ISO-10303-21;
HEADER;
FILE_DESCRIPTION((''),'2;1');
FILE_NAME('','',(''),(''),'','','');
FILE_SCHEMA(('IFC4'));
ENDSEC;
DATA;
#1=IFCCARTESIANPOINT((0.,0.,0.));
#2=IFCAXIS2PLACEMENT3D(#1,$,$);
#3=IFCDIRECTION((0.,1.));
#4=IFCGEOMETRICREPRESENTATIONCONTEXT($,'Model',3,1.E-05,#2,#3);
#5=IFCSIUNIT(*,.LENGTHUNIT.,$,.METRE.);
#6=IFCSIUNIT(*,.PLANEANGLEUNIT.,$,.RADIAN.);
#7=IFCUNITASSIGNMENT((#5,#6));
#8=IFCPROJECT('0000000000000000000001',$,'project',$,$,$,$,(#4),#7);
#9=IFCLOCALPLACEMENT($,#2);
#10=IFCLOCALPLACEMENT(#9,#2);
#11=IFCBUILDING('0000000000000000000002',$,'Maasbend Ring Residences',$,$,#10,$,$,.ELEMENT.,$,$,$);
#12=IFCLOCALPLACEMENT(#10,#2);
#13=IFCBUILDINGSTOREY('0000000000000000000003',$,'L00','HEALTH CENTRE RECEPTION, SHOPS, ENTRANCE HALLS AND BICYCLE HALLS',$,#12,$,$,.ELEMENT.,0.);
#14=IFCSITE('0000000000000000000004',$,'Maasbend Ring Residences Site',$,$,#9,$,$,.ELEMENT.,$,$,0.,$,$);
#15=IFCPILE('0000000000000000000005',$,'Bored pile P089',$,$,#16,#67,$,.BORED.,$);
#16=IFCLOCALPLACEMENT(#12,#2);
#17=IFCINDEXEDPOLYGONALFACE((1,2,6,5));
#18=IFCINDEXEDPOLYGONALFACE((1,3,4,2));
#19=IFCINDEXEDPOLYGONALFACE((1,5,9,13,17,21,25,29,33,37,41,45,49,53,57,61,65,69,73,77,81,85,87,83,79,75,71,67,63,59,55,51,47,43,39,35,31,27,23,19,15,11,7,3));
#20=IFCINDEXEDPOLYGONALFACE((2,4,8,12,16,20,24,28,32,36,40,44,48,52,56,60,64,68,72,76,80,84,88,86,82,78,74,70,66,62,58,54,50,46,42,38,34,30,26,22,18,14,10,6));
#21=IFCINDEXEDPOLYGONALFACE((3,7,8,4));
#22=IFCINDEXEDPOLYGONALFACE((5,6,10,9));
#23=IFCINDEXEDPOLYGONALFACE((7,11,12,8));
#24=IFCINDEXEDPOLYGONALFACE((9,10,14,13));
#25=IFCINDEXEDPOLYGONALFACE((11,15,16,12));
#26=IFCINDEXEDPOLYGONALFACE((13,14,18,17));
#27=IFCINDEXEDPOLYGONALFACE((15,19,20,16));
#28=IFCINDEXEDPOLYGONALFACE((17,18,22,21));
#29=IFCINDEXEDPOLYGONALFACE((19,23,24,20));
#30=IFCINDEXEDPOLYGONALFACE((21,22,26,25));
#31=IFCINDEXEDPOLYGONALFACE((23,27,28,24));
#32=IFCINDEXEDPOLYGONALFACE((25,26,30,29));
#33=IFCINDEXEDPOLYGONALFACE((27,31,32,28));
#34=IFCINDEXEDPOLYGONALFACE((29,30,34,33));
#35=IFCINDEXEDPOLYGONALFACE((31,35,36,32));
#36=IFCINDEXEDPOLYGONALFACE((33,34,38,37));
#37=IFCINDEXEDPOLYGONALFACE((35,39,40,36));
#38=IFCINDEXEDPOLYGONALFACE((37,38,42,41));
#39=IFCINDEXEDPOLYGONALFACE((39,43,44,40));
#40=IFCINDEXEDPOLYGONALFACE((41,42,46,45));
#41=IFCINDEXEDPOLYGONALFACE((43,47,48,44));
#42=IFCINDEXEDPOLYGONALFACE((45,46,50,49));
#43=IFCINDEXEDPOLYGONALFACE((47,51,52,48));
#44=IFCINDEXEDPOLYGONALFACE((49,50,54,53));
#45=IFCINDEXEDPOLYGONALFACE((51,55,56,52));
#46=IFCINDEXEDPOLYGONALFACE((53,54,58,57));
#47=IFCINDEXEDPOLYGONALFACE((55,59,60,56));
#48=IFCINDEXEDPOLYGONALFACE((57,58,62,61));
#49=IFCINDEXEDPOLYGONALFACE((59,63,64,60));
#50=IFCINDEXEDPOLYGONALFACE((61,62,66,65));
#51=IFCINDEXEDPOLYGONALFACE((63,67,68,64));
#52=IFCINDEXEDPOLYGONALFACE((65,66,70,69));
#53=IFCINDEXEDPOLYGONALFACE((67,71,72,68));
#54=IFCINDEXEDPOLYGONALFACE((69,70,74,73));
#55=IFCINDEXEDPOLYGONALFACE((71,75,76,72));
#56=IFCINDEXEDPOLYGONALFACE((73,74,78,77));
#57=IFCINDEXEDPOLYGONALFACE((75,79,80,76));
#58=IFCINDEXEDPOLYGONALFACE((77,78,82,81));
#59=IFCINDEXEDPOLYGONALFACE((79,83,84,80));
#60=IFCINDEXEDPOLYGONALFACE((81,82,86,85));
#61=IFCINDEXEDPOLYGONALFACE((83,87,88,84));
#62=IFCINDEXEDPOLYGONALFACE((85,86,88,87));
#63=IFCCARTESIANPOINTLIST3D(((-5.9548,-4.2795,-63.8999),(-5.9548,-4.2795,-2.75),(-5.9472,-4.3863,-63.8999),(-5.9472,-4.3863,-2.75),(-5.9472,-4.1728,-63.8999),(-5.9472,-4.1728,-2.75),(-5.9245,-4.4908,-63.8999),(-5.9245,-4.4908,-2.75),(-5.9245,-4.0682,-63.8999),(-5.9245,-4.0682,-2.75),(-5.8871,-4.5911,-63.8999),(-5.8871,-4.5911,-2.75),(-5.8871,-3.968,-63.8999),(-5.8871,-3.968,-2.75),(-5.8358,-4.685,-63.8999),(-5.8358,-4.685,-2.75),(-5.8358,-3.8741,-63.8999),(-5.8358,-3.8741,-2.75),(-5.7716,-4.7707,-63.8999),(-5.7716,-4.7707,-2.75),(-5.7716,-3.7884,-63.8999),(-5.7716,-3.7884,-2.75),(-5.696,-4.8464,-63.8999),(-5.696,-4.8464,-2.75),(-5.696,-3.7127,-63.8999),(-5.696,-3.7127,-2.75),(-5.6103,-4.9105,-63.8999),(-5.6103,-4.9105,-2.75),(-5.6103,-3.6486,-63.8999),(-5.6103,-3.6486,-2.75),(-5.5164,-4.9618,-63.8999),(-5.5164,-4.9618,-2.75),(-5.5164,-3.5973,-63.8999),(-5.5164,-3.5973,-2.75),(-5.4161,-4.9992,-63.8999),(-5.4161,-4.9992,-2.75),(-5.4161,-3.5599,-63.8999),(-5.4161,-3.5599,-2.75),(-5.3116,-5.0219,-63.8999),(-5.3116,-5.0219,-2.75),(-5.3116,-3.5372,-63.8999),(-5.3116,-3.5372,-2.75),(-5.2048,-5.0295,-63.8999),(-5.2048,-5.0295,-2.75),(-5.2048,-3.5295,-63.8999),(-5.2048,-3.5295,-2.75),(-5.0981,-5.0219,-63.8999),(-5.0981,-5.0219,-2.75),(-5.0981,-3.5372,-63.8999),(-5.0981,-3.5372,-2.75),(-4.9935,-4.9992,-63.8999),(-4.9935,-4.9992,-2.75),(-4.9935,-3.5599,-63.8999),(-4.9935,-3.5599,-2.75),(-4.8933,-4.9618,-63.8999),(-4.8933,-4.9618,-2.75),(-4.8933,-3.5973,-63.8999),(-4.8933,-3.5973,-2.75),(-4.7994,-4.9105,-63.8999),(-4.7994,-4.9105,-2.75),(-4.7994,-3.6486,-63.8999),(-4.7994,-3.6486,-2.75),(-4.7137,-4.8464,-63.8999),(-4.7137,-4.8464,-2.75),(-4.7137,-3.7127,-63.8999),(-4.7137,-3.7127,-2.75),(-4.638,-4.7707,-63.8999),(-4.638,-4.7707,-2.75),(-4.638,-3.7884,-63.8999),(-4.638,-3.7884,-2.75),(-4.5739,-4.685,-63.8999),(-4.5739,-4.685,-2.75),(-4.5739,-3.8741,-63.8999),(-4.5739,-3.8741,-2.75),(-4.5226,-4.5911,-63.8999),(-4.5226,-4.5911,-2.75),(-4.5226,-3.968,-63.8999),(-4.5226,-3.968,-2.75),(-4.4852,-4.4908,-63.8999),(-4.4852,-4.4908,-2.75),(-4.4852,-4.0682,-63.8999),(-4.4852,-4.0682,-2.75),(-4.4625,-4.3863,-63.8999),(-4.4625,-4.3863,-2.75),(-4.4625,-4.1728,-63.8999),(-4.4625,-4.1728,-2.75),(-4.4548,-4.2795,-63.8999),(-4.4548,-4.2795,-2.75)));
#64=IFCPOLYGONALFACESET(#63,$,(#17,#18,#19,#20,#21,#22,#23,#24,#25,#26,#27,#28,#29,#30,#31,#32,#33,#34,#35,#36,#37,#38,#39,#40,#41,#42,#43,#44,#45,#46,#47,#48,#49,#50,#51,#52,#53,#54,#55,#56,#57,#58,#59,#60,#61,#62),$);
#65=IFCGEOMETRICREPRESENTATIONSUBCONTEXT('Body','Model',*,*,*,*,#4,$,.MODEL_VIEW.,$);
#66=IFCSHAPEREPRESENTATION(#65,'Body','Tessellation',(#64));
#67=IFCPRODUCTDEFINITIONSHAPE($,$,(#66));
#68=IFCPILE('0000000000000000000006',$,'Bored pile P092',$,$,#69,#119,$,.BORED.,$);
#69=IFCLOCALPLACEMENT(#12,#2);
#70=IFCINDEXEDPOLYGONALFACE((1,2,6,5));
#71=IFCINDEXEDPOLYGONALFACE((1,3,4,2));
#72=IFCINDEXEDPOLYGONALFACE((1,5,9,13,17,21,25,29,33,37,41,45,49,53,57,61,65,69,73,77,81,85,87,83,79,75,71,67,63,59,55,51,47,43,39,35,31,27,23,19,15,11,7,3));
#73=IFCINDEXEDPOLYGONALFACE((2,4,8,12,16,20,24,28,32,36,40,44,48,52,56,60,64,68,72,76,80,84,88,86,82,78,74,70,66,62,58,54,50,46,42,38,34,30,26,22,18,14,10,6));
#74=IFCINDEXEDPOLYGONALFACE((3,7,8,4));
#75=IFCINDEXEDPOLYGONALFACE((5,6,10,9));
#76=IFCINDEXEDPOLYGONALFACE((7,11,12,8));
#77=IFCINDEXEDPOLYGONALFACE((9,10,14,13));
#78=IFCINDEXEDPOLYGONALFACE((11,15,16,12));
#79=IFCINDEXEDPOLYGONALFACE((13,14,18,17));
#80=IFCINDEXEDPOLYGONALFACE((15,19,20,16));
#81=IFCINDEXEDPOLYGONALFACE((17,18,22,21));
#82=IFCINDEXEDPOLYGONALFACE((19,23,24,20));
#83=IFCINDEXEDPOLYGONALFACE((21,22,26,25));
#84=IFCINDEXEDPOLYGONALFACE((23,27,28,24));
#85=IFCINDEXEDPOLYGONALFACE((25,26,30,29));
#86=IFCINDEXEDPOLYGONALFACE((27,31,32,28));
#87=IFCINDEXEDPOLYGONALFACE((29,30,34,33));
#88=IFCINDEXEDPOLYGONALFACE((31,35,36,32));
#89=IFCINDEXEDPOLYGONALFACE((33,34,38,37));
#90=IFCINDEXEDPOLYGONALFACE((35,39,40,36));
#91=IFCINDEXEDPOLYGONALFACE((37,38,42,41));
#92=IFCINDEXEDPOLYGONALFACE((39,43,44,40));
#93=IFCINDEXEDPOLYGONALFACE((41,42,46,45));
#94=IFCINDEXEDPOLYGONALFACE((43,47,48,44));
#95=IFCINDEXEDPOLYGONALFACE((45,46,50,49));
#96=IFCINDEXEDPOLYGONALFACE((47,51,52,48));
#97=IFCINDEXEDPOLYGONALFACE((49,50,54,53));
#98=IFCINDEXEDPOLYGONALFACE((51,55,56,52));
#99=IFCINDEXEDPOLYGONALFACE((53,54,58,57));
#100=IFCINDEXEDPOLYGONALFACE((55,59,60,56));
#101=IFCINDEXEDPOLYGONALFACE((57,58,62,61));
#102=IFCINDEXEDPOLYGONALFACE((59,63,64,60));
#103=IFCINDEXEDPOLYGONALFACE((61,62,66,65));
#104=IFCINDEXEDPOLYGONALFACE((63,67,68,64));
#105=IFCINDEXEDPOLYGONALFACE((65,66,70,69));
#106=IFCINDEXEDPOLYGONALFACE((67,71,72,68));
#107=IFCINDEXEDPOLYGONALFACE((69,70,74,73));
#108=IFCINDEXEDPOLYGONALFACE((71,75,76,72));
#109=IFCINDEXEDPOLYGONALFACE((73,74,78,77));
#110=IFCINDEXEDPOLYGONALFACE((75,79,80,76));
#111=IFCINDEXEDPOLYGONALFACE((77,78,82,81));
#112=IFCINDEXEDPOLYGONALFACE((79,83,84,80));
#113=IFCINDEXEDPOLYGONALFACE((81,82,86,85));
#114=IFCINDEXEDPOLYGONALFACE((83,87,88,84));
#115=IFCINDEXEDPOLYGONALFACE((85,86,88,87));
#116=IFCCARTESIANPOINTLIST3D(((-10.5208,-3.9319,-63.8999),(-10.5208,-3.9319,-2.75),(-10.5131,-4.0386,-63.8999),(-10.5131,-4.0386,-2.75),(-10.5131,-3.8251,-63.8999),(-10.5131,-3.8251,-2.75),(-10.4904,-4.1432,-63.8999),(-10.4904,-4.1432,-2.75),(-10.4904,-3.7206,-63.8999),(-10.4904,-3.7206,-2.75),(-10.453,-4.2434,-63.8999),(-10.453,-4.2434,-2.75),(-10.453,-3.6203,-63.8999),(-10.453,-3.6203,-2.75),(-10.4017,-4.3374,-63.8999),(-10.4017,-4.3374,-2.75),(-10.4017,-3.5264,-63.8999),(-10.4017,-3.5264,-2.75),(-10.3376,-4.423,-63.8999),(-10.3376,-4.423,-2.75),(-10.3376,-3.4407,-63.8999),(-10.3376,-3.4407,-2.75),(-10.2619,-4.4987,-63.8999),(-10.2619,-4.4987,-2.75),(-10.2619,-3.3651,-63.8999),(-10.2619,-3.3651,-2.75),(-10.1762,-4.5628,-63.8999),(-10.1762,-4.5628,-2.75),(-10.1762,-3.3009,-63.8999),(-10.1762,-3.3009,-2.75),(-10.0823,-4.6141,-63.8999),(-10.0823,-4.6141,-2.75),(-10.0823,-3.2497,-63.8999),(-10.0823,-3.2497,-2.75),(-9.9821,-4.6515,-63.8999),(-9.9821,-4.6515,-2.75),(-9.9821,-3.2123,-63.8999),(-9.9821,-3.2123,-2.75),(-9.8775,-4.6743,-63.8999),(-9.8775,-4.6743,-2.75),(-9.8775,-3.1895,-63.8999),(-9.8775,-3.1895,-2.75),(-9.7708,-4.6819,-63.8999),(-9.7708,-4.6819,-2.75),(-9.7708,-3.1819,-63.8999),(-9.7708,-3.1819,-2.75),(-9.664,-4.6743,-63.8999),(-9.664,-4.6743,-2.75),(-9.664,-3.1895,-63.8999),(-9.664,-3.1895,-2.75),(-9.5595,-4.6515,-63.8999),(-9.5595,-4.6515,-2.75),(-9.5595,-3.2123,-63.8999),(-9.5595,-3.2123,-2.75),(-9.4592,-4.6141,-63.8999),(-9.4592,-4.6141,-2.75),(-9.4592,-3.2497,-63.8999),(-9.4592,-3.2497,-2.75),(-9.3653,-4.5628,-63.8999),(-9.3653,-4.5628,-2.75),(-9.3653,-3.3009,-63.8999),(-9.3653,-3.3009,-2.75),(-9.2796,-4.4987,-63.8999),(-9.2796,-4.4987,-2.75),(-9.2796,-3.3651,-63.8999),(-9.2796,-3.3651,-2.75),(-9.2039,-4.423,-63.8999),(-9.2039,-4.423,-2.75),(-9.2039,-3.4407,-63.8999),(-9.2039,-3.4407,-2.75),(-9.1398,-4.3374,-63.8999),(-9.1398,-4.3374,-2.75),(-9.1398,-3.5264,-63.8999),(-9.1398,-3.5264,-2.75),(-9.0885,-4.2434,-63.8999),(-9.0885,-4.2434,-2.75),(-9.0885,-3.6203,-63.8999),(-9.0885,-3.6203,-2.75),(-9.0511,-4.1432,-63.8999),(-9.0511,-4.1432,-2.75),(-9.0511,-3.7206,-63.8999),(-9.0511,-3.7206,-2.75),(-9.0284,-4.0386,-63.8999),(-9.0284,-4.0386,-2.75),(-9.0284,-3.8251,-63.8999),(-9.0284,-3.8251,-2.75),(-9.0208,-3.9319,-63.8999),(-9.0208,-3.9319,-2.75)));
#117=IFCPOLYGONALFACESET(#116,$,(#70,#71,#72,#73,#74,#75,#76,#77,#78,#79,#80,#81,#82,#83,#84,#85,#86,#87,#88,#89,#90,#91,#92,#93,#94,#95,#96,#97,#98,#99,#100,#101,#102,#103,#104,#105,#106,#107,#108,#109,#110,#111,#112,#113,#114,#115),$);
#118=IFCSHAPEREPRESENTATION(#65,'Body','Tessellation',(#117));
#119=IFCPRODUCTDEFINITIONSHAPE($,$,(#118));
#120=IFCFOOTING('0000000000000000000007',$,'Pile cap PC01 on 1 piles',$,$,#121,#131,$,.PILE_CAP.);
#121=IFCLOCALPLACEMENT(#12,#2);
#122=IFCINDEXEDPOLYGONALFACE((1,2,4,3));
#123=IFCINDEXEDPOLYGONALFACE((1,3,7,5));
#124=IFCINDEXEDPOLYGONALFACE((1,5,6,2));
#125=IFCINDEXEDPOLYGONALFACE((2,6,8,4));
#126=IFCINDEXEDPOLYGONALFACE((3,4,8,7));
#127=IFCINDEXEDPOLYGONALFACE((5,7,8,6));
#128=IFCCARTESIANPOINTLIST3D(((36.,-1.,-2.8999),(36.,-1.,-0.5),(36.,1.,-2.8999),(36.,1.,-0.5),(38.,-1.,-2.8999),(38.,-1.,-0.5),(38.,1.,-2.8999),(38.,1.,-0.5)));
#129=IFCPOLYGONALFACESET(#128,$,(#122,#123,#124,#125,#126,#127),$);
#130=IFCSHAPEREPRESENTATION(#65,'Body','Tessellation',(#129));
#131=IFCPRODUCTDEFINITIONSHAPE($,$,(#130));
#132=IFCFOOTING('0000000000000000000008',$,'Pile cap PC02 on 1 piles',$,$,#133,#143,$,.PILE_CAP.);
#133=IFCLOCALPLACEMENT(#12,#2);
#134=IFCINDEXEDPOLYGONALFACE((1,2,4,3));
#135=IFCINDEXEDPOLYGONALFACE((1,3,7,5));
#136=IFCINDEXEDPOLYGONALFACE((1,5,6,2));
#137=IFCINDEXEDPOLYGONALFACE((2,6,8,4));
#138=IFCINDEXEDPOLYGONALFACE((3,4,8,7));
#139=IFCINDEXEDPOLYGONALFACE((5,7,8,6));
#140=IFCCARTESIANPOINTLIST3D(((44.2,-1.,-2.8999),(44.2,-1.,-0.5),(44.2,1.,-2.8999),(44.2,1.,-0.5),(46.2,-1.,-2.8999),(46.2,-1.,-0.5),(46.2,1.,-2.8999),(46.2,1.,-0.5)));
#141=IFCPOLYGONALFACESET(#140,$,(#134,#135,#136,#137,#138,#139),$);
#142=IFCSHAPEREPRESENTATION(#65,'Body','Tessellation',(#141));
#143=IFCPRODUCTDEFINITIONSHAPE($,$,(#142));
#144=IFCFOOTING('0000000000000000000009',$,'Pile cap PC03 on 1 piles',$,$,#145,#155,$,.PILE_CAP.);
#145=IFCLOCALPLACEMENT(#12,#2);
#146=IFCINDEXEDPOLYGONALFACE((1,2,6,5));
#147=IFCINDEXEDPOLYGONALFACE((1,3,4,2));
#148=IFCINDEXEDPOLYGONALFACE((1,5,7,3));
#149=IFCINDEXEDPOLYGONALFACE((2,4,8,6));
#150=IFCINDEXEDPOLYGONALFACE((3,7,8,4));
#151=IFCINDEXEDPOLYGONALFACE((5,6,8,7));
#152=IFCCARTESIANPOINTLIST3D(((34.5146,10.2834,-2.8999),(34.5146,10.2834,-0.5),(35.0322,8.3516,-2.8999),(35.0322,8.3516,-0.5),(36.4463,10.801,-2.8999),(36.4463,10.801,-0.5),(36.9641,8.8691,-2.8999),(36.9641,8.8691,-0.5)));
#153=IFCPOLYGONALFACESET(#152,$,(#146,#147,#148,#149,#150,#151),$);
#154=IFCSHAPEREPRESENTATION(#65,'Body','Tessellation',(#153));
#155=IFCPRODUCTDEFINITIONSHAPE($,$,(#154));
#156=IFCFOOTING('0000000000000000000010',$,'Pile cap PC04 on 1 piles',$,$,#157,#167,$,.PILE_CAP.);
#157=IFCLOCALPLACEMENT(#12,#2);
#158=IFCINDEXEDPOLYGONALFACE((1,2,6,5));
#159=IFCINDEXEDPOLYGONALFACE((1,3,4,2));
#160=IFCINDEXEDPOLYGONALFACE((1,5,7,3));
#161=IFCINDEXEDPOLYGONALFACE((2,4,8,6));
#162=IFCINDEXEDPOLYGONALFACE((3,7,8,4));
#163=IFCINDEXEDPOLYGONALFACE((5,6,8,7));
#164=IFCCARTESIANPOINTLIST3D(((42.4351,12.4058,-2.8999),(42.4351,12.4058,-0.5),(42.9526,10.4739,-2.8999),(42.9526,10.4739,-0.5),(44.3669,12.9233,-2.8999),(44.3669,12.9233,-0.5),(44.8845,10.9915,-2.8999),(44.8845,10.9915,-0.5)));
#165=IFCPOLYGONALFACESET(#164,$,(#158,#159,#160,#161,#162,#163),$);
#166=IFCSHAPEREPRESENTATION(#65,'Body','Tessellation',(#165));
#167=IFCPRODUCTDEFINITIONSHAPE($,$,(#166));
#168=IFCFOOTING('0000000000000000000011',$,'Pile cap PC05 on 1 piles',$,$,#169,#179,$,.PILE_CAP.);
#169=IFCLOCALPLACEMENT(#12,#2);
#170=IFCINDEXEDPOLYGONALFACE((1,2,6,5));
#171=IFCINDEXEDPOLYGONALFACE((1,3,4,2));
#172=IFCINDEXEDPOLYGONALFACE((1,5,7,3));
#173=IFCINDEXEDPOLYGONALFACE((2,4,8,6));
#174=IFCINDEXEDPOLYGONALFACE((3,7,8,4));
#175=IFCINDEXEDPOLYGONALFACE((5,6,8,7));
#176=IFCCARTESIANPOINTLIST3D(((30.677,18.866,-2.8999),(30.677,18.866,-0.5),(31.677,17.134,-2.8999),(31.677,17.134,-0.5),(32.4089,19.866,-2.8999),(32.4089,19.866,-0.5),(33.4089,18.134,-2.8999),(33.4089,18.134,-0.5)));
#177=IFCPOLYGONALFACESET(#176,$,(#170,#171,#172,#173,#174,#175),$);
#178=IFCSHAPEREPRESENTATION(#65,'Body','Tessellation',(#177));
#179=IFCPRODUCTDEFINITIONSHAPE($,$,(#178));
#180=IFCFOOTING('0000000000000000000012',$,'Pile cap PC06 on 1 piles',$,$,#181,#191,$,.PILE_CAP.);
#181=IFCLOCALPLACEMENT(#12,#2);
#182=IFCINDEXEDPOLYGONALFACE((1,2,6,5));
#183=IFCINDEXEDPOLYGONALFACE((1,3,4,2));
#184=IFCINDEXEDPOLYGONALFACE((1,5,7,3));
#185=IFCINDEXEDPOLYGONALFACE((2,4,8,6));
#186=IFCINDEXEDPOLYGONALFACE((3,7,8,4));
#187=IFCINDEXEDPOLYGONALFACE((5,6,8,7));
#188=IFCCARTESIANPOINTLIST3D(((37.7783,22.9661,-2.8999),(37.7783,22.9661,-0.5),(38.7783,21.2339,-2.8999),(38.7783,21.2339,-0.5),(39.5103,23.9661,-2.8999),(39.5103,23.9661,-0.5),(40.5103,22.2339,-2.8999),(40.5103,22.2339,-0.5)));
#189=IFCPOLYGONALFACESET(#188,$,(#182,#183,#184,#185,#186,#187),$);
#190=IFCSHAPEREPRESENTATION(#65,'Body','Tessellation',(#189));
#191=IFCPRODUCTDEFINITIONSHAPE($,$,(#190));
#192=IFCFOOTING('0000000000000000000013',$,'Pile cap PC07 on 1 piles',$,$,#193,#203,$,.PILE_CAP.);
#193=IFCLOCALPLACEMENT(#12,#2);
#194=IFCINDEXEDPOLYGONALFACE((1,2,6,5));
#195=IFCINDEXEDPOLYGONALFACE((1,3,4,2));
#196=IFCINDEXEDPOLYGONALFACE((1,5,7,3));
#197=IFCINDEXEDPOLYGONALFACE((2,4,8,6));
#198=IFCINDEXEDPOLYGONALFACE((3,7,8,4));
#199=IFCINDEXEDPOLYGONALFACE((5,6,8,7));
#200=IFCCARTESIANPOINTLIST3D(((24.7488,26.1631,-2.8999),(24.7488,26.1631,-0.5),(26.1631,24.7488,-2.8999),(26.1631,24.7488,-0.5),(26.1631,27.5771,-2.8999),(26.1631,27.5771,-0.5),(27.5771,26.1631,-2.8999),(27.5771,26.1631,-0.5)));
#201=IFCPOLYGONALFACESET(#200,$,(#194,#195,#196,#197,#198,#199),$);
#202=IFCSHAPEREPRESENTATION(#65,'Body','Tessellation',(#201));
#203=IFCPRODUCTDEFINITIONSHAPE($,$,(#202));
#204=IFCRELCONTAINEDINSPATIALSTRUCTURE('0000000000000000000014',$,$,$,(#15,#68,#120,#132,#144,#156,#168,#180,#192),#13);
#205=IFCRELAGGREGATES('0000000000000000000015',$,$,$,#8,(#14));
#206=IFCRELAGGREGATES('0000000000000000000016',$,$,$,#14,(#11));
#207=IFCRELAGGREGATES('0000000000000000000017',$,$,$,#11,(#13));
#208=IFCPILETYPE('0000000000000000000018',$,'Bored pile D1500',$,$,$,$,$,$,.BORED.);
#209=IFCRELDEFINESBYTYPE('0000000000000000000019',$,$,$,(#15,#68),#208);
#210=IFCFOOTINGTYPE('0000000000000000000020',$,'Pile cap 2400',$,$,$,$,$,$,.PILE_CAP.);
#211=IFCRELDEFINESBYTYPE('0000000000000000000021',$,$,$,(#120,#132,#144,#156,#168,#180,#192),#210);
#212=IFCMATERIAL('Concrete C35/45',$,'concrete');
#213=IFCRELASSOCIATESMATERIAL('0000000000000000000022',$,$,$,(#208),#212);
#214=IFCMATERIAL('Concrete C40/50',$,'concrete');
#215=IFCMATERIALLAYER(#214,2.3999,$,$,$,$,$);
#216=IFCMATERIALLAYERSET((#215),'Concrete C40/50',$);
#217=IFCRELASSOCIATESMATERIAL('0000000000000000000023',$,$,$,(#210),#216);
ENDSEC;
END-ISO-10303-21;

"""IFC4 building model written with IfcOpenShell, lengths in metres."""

from ifc_helpers import new_model, si_unit, direction, frame, origin, origin_2d, place, context, subcontext, project, spatial, polyline, circle, outline, extrude, material, layer, layer_set, material_profile, profile_set, type_object, element, save


model = new_model("IFC4")

# Units and contexts
model_context = context("Model", 3, precision=1e-05, world=origin(), true_north=direction((0.0, 1.0)))
body_context = subcontext(model_context, "Body", "Model", "MODEL_VIEW")
ifc_project = project(units=[si_unit("LENGTHUNIT", "METRE"), si_unit("PLANEANGLEUNIT", "RADIAN")], contexts=[model_context])

# Site, building, storey
site_placement = place(None, origin())
site = spatial("IfcSite", under=ifc_project, at=site_placement, Name="Maasbend Ring Residences Site", CompositionType="ELEMENT", RefElevation=0.0)
building_placement = place(site_placement, origin())
building = spatial("IfcBuilding", under=site, at=building_placement, Name="Maasbend Ring Residences", CompositionType="ELEMENT")
storey_placement = place(building_placement, origin())
storey = spatial("IfcBuildingStorey", under=building, at=storey_placement, Name="L00", Description="HEALTH CENTRE RECEPTION, SHOPS, ENTRANCE HALLS AND BICYCLE HALLS", CompositionType="ELEMENT", Elevation=0.0)

# Piles
ifc_material_1 = material(Name="Concrete C35/45", Category="concrete")
ifc_material_profile_1 = material_profile(ifc_material_1, circle(Radius=0.75, at=origin_2d()), Name="Bored pile D1500")
ifc_profile_set_1 = profile_set([ifc_material_profile_1], Name="Concrete C35/45")
pile_type = type_object("IfcPileType", Name="Bored pile D1500", PredefinedType="BORED", material=ifc_profile_set_1)
for number, where, z_axis, x_axis, name in (
    (1, (-5.2048, -4.2795, -2.75), (0.0, 0.0, -1.0), (1.0, 0.0, 0.0), "Bored pile P089"),
    (2, (-9.7708, -3.9319, -2.75), (0.0, 0.0, -1.0), (1.0, 0.0, 0.0), "Bored pile P092"),
):
    element("IfcPile", number, at=place(storey_placement, frame(where, z_axis=z_axis, x_axis=x_axis)), inside=storey, type_object=pile_type, Name=name, PredefinedType="BORED", context=body_context, shape_type="SweptSolid", body=[
        extrude(circle(Radius=0.75, at=origin_2d()), origin(), (0.0, 0.0, 1.0), 61.1499),
    ])

# Footings
ifc_material_2 = material(Name="Concrete C40/50", Category="concrete")
ifc_layer_1 = layer(ifc_material_2, 2.3999)
ifc_layer_set_1 = layer_set([ifc_layer_1], Name="Concrete C40/50")
footing_type = type_object("IfcFootingType", Name="Pile cap 2400", PredefinedType="PILE_CAP", material=ifc_layer_set_1)
footing_1_placement = place(storey_placement, frame((0.0, 0.0, -2.8999)))
element("IfcFooting", 3, at=footing_1_placement, inside=storey, type_object=footing_type, Name="Pile cap PC01 on 1 piles", PredefinedType="PILE_CAP", context=body_context, shape_type="SweptSolid", body=[
    extrude(outline(polyline([(36.0, -1.0), (38.0, -1.0), (38.0, 1.0), (36.0, 1.0), (36.0, -1.0)])), origin(), (0.0, 0.0, 1.0), 2.3999),
])
footing_2_placement = place(storey_placement, frame((0.0, 0.0, -2.8999)))
element("IfcFooting", 4, at=footing_2_placement, inside=storey, type_object=footing_type, Name="Pile cap PC02 on 1 piles", PredefinedType="PILE_CAP", context=body_context, shape_type="SweptSolid", body=[
    extrude(outline(polyline([(44.2, -1.0), (46.2, -1.0), (46.2, 1.0), (44.2, 1.0), (44.2, -1.0)])), origin(), (0.0, 0.0, 1.0), 2.3999),
])
footing_3_placement = place(storey_placement, frame((0.0, 0.0, -2.8999)))
element("IfcFooting", 5, at=footing_3_placement, inside=storey, type_object=footing_type, Name="Pile cap PC03 on 1 piles", PredefinedType="PILE_CAP", context=body_context, shape_type="SweptSolid", body=[
    extrude(outline(polyline([(35.0322, 8.3516), (36.9641, 8.8691), (36.4463, 10.801), (34.5146, 10.2834), (35.0322, 8.3516)])), origin(), (0.0, 0.0, 1.0), 2.3999),
])
footing_4_placement = place(storey_placement, frame((0.0, 0.0, -2.8999)))
element("IfcFooting", 6, at=footing_4_placement, inside=storey, type_object=footing_type, Name="Pile cap PC04 on 1 piles", PredefinedType="PILE_CAP", context=body_context, shape_type="SweptSolid", body=[
    extrude(outline(polyline([(42.9526, 10.4739), (44.8845, 10.9915), (44.3669, 12.9233), (42.4351, 12.4058), (42.9526, 10.4739)])), origin(), (0.0, 0.0, 1.0), 2.3999),
])
footing_5_placement = place(storey_placement, frame((0.0, 0.0, -2.8999)))
element("IfcFooting", 7, at=footing_5_placement, inside=storey, type_object=footing_type, Name="Pile cap PC05 on 1 piles", PredefinedType="PILE_CAP", context=body_context, shape_type="SweptSolid", body=[
    extrude(outline(polyline([(31.677, 17.134), (33.4089, 18.134), (32.4089, 19.866), (30.677, 18.866), (31.677, 17.134)])), origin(), (0.0, 0.0, 1.0), 2.3999),
])
footing_6_placement = place(storey_placement, frame((0.0, 0.0, -2.8999)))
element("IfcFooting", 8, at=footing_6_placement, inside=storey, type_object=footing_type, Name="Pile cap PC06 on 1 piles", PredefinedType="PILE_CAP", context=body_context, shape_type="SweptSolid", body=[
    extrude(outline(polyline([(38.7783, 21.2339), (40.5103, 22.2339), (39.5103, 23.9661), (37.7783, 22.9661), (38.7783, 21.2339)])), origin(), (0.0, 0.0, 1.0), 2.3999),
])
footing_7_placement = place(storey_placement, frame((0.0, 0.0, -2.8999)))
element("IfcFooting", 9, at=footing_7_placement, inside=storey, type_object=footing_type, Name="Pile cap PC07 on 1 piles", PredefinedType="PILE_CAP", context=body_context, shape_type="SweptSolid", body=[
    extrude(outline(polyline([(26.1631, 24.7488), (27.5771, 26.1631), (26.1631, 27.5771), (24.7488, 26.1631), (26.1631, 24.7488)])), origin(), (0.0, 0.0, 1.0), 2.3999),
])

save(model, "model.ifc")
